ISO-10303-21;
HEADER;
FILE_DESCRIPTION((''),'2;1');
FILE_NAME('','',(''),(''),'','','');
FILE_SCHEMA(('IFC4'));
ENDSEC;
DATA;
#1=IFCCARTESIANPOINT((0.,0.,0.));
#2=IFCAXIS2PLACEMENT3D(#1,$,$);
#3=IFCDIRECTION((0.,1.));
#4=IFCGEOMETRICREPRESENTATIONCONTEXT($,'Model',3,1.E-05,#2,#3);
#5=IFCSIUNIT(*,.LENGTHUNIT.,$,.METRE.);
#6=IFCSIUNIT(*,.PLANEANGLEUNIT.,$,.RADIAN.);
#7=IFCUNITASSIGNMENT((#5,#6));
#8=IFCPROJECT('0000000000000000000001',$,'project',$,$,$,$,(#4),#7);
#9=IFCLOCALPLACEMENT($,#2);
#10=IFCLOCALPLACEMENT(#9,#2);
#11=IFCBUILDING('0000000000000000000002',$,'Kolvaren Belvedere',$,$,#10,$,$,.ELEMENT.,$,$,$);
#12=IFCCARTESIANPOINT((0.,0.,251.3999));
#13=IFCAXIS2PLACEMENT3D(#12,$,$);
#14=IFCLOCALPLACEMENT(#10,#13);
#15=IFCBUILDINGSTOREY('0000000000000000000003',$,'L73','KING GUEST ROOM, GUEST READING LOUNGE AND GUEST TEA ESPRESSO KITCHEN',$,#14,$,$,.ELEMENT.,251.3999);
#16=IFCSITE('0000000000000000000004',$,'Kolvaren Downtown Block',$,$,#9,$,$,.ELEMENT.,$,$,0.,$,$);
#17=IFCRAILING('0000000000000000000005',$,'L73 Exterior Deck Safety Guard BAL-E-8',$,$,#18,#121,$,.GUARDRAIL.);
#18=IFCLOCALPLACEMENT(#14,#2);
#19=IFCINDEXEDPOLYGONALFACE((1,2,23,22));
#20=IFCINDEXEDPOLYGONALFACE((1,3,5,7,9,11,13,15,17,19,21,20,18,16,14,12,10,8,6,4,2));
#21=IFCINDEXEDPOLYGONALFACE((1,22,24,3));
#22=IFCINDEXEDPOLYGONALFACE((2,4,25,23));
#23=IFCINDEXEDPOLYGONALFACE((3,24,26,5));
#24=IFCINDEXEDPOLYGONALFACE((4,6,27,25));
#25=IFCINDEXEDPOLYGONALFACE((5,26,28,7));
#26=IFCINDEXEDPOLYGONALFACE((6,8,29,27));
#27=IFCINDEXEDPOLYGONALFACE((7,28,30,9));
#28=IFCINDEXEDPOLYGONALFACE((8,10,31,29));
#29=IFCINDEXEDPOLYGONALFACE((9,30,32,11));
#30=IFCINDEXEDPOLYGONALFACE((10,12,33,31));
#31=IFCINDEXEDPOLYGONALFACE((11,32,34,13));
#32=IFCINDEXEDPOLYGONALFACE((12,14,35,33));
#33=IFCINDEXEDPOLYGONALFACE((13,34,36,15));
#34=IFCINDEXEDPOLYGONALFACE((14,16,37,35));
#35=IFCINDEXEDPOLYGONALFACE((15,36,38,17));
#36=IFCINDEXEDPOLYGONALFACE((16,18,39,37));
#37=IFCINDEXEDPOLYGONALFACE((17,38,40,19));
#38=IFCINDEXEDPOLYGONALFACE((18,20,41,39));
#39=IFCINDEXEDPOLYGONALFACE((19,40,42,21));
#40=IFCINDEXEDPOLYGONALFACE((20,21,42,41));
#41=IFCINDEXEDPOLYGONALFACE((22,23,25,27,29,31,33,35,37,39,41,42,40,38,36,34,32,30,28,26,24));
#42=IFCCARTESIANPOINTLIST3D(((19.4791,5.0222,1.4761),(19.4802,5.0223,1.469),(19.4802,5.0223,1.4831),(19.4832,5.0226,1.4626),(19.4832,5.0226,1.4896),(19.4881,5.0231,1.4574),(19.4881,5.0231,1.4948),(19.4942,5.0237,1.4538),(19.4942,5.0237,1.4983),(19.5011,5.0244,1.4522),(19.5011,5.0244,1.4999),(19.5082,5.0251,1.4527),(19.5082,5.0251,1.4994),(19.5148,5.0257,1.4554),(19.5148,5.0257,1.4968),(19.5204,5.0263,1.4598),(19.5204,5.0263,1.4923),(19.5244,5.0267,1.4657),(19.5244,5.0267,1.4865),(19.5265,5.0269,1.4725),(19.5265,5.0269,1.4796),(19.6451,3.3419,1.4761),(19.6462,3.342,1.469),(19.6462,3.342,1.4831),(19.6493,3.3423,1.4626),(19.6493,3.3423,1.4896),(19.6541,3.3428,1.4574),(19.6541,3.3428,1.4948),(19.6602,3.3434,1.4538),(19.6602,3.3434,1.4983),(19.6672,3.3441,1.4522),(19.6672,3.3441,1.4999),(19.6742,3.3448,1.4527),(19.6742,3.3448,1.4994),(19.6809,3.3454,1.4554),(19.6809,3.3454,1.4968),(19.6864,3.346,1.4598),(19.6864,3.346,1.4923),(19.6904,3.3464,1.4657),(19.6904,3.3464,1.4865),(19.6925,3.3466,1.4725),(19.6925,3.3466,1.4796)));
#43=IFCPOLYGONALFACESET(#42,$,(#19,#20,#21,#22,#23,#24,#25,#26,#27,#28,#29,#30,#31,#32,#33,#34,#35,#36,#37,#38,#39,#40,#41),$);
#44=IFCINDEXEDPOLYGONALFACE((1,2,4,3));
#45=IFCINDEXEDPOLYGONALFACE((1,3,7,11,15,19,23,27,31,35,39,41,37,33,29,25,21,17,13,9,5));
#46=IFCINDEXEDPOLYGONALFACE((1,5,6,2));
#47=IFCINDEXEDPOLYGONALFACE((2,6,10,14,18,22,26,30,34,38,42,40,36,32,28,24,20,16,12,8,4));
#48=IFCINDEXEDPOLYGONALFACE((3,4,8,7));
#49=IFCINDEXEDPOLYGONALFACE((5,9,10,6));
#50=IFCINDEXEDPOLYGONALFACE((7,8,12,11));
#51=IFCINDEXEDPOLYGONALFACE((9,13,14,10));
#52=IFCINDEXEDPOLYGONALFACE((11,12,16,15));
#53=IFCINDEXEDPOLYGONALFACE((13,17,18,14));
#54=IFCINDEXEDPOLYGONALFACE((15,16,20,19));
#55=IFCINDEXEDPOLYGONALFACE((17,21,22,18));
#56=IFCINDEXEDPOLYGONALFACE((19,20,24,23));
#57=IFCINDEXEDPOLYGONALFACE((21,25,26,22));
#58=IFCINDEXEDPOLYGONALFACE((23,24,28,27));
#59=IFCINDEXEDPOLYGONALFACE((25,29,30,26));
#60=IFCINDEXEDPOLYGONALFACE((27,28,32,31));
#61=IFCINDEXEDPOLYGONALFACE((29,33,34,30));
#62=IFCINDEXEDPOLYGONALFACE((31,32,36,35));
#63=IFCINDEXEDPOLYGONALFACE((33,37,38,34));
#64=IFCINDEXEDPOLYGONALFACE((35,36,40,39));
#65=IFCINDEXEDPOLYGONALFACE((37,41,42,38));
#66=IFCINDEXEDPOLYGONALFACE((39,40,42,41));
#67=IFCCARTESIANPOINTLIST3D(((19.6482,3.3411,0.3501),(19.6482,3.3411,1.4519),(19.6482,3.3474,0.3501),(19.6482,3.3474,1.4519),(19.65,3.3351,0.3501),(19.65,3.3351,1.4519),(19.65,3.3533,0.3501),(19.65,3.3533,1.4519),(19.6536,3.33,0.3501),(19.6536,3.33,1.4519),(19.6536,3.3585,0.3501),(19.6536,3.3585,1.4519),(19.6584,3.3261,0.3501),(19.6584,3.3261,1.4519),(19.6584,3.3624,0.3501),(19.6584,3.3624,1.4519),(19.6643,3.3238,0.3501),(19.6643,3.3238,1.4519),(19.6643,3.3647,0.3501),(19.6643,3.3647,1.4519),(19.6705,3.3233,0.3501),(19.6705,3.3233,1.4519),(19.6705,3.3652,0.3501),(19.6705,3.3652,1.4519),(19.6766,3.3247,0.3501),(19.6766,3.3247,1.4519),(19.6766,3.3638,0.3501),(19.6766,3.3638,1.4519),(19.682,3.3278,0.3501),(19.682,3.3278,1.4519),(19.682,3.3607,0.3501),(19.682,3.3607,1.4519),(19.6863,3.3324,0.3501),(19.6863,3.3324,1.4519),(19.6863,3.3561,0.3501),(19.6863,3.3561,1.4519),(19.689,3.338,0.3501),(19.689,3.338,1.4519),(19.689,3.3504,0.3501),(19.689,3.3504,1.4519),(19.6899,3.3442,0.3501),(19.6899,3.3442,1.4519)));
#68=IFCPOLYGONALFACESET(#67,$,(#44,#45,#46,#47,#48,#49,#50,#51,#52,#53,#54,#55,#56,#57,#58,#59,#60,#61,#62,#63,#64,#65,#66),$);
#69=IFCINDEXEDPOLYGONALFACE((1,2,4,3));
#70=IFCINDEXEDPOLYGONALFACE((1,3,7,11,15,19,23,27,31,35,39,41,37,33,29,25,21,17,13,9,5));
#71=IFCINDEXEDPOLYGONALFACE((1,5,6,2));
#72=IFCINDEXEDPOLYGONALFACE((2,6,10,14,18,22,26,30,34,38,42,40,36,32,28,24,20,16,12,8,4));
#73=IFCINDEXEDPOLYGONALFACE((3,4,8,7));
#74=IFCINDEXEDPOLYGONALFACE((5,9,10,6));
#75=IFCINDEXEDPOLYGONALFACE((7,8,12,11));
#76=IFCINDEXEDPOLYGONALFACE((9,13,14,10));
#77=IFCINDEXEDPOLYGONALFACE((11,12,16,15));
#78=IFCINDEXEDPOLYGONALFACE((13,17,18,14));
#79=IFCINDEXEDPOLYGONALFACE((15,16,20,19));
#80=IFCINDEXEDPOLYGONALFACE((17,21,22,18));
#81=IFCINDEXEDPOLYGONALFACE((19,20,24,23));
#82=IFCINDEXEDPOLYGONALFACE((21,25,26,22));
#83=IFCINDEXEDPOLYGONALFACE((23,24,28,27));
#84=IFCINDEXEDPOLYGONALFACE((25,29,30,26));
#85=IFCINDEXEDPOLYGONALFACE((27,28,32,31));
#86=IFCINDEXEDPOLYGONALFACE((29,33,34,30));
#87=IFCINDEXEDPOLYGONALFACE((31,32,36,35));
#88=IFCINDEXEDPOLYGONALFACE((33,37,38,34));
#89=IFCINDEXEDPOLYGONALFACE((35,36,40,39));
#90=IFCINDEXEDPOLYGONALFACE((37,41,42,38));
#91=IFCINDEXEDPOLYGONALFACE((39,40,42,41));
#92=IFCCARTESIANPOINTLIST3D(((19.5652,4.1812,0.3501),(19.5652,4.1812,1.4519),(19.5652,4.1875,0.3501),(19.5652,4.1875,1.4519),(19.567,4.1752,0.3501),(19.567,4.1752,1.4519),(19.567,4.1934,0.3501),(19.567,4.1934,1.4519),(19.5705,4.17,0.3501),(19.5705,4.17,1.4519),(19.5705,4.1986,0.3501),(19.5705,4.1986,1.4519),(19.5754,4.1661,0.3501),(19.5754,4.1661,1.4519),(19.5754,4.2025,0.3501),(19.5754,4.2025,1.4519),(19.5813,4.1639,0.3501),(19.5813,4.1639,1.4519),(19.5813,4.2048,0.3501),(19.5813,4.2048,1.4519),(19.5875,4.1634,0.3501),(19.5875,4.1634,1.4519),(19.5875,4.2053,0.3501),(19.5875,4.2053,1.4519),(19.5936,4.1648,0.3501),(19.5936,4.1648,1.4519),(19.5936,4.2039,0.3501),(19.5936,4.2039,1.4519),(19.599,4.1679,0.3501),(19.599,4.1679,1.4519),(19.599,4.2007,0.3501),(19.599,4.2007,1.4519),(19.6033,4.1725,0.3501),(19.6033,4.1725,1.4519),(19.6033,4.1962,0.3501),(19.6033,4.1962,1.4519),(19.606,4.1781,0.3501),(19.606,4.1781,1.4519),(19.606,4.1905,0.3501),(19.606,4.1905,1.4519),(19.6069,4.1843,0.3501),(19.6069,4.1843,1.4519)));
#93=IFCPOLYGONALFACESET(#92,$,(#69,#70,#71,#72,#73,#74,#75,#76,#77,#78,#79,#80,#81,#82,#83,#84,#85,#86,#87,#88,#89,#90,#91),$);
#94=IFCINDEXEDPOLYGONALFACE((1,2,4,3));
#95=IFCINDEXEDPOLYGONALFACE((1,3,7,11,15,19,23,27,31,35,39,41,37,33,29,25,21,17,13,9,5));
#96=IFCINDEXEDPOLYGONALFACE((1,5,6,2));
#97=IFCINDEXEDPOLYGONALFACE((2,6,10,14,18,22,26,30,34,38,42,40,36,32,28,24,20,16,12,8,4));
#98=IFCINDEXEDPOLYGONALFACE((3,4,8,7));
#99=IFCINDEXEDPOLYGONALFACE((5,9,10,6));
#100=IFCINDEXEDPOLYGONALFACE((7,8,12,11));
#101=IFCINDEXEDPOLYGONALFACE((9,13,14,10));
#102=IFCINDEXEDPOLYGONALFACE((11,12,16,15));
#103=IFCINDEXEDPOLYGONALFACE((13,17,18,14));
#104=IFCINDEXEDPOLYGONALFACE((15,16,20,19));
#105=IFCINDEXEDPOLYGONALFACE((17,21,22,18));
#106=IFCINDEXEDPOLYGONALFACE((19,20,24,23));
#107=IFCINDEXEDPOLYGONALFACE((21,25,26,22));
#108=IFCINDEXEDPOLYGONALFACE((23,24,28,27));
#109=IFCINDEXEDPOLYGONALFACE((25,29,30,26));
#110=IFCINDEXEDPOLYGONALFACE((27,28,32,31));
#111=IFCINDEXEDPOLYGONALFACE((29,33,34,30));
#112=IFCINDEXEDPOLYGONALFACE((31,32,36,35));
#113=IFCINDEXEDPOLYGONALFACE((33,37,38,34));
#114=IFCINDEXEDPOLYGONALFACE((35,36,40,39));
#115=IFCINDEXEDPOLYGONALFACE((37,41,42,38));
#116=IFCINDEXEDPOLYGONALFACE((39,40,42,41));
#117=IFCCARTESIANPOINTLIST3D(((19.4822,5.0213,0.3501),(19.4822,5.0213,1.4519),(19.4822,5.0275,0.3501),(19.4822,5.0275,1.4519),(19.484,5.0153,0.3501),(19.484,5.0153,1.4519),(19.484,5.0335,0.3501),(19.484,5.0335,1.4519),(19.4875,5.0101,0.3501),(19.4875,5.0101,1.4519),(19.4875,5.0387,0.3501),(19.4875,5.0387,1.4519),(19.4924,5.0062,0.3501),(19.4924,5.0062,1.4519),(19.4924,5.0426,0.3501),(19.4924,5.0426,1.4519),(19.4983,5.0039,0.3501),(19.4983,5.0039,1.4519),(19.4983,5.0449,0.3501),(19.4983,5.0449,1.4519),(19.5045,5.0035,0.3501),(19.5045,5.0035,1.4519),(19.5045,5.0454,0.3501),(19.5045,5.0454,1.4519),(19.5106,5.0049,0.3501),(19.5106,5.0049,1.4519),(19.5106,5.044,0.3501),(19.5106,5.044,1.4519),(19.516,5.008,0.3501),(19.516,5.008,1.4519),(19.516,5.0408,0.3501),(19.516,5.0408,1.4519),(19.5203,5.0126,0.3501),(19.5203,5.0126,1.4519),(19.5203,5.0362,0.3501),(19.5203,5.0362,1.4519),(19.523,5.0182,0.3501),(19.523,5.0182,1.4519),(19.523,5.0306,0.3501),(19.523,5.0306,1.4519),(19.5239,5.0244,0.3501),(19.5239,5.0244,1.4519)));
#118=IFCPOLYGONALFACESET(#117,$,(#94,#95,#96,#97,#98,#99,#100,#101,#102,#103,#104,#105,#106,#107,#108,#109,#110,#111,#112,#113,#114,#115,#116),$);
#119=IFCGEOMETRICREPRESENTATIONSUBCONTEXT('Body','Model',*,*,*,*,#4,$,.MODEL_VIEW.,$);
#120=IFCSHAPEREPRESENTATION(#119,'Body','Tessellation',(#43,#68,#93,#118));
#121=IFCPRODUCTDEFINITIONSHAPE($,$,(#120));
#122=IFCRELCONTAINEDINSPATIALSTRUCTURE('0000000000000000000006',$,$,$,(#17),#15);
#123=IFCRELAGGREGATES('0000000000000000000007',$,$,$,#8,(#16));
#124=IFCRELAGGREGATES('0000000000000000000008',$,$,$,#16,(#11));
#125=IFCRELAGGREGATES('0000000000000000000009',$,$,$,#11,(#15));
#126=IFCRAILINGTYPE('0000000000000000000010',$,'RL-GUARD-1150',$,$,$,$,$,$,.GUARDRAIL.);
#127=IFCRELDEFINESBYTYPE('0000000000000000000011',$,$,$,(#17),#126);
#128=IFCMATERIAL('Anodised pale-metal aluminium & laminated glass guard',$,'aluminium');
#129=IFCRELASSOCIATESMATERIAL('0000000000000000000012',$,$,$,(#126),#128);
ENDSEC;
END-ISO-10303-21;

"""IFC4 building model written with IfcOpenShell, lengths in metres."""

from ifc_helpers import new_model, si_unit, direction, frame, origin, origin_2d, place, context, subcontext, project, spatial, circle, extrude, material, type_object, element, save


model = new_model("IFC4")

# Units and contexts
model_context = context("Model", 3, precision=1e-05, world=origin(), true_north=direction((0.0, 1.0)))
body_context = subcontext(model_context, "Body", "Model", "MODEL_VIEW")
ifc_project = project(units=[si_unit("LENGTHUNIT", "METRE"), si_unit("PLANEANGLEUNIT", "RADIAN")], contexts=[model_context])

# Site, building, storey
site_placement = place(None, origin())
site = spatial("IfcSite", under=ifc_project, at=site_placement, Name="Kolvaren Downtown Block", CompositionType="ELEMENT", RefElevation=0.0)
building_placement = place(site_placement, origin())
building = spatial("IfcBuilding", under=site, at=building_placement, Name="Kolvaren Belvedere", CompositionType="ELEMENT")
storey_placement = place(building_placement, frame((0.0, 0.0, 251.3999)))
storey = spatial("IfcBuildingStorey", under=building, at=storey_placement, Name="L73", Description="KING GUEST ROOM, GUEST READING LOUNGE AND GUEST TEA ESPRESSO KITCHEN", CompositionType="ELEMENT", Elevation=251.3999)

# Railing
ifc_material_1 = material(Name="Anodised pale-metal aluminium & laminated glass guard", Category="aluminium")
railing_type = type_object("IfcRailingType", Name="RL-GUARD-1150", PredefinedType="GUARDRAIL", material=ifc_material_1)
railing_1_placement = place(storey_placement, frame((19.6689, 3.3442, 0.3501)))
element("IfcRailing", 1, at=railing_1_placement, inside=storey, type_object=railing_type, Name="L73 Exterior Deck Safety Guard BAL-E-8", PredefinedType="GUARDRAIL", context=body_context, shape_type="SweptSolid", body=[
    extrude(circle(Radius=0.0239, at=origin_2d()), frame((0.0, 0.0, 1.126), z_axis=(-0.09833, 0.995154, 0.0), x_axis=(-0.995154, -0.09833, 0.0)), (0.0, 0.0, 1.0), 1.6885),
    extrude(circle(Radius=0.021, at=origin_2d()), origin(), (0.0, 0.0, 1.0), 1.1018),
    extrude(circle(Radius=0.021, at=origin_2d()), frame((-0.083, 0.8401, 0.0)), (0.0, 0.0, 1.0), 1.1018),
    extrude(circle(Radius=0.021, at=origin_2d()), frame((-0.166, 1.6802, 0.0)), (0.0, 0.0, 1.0), 1.1018),
])

save(model, "model.ifc")
